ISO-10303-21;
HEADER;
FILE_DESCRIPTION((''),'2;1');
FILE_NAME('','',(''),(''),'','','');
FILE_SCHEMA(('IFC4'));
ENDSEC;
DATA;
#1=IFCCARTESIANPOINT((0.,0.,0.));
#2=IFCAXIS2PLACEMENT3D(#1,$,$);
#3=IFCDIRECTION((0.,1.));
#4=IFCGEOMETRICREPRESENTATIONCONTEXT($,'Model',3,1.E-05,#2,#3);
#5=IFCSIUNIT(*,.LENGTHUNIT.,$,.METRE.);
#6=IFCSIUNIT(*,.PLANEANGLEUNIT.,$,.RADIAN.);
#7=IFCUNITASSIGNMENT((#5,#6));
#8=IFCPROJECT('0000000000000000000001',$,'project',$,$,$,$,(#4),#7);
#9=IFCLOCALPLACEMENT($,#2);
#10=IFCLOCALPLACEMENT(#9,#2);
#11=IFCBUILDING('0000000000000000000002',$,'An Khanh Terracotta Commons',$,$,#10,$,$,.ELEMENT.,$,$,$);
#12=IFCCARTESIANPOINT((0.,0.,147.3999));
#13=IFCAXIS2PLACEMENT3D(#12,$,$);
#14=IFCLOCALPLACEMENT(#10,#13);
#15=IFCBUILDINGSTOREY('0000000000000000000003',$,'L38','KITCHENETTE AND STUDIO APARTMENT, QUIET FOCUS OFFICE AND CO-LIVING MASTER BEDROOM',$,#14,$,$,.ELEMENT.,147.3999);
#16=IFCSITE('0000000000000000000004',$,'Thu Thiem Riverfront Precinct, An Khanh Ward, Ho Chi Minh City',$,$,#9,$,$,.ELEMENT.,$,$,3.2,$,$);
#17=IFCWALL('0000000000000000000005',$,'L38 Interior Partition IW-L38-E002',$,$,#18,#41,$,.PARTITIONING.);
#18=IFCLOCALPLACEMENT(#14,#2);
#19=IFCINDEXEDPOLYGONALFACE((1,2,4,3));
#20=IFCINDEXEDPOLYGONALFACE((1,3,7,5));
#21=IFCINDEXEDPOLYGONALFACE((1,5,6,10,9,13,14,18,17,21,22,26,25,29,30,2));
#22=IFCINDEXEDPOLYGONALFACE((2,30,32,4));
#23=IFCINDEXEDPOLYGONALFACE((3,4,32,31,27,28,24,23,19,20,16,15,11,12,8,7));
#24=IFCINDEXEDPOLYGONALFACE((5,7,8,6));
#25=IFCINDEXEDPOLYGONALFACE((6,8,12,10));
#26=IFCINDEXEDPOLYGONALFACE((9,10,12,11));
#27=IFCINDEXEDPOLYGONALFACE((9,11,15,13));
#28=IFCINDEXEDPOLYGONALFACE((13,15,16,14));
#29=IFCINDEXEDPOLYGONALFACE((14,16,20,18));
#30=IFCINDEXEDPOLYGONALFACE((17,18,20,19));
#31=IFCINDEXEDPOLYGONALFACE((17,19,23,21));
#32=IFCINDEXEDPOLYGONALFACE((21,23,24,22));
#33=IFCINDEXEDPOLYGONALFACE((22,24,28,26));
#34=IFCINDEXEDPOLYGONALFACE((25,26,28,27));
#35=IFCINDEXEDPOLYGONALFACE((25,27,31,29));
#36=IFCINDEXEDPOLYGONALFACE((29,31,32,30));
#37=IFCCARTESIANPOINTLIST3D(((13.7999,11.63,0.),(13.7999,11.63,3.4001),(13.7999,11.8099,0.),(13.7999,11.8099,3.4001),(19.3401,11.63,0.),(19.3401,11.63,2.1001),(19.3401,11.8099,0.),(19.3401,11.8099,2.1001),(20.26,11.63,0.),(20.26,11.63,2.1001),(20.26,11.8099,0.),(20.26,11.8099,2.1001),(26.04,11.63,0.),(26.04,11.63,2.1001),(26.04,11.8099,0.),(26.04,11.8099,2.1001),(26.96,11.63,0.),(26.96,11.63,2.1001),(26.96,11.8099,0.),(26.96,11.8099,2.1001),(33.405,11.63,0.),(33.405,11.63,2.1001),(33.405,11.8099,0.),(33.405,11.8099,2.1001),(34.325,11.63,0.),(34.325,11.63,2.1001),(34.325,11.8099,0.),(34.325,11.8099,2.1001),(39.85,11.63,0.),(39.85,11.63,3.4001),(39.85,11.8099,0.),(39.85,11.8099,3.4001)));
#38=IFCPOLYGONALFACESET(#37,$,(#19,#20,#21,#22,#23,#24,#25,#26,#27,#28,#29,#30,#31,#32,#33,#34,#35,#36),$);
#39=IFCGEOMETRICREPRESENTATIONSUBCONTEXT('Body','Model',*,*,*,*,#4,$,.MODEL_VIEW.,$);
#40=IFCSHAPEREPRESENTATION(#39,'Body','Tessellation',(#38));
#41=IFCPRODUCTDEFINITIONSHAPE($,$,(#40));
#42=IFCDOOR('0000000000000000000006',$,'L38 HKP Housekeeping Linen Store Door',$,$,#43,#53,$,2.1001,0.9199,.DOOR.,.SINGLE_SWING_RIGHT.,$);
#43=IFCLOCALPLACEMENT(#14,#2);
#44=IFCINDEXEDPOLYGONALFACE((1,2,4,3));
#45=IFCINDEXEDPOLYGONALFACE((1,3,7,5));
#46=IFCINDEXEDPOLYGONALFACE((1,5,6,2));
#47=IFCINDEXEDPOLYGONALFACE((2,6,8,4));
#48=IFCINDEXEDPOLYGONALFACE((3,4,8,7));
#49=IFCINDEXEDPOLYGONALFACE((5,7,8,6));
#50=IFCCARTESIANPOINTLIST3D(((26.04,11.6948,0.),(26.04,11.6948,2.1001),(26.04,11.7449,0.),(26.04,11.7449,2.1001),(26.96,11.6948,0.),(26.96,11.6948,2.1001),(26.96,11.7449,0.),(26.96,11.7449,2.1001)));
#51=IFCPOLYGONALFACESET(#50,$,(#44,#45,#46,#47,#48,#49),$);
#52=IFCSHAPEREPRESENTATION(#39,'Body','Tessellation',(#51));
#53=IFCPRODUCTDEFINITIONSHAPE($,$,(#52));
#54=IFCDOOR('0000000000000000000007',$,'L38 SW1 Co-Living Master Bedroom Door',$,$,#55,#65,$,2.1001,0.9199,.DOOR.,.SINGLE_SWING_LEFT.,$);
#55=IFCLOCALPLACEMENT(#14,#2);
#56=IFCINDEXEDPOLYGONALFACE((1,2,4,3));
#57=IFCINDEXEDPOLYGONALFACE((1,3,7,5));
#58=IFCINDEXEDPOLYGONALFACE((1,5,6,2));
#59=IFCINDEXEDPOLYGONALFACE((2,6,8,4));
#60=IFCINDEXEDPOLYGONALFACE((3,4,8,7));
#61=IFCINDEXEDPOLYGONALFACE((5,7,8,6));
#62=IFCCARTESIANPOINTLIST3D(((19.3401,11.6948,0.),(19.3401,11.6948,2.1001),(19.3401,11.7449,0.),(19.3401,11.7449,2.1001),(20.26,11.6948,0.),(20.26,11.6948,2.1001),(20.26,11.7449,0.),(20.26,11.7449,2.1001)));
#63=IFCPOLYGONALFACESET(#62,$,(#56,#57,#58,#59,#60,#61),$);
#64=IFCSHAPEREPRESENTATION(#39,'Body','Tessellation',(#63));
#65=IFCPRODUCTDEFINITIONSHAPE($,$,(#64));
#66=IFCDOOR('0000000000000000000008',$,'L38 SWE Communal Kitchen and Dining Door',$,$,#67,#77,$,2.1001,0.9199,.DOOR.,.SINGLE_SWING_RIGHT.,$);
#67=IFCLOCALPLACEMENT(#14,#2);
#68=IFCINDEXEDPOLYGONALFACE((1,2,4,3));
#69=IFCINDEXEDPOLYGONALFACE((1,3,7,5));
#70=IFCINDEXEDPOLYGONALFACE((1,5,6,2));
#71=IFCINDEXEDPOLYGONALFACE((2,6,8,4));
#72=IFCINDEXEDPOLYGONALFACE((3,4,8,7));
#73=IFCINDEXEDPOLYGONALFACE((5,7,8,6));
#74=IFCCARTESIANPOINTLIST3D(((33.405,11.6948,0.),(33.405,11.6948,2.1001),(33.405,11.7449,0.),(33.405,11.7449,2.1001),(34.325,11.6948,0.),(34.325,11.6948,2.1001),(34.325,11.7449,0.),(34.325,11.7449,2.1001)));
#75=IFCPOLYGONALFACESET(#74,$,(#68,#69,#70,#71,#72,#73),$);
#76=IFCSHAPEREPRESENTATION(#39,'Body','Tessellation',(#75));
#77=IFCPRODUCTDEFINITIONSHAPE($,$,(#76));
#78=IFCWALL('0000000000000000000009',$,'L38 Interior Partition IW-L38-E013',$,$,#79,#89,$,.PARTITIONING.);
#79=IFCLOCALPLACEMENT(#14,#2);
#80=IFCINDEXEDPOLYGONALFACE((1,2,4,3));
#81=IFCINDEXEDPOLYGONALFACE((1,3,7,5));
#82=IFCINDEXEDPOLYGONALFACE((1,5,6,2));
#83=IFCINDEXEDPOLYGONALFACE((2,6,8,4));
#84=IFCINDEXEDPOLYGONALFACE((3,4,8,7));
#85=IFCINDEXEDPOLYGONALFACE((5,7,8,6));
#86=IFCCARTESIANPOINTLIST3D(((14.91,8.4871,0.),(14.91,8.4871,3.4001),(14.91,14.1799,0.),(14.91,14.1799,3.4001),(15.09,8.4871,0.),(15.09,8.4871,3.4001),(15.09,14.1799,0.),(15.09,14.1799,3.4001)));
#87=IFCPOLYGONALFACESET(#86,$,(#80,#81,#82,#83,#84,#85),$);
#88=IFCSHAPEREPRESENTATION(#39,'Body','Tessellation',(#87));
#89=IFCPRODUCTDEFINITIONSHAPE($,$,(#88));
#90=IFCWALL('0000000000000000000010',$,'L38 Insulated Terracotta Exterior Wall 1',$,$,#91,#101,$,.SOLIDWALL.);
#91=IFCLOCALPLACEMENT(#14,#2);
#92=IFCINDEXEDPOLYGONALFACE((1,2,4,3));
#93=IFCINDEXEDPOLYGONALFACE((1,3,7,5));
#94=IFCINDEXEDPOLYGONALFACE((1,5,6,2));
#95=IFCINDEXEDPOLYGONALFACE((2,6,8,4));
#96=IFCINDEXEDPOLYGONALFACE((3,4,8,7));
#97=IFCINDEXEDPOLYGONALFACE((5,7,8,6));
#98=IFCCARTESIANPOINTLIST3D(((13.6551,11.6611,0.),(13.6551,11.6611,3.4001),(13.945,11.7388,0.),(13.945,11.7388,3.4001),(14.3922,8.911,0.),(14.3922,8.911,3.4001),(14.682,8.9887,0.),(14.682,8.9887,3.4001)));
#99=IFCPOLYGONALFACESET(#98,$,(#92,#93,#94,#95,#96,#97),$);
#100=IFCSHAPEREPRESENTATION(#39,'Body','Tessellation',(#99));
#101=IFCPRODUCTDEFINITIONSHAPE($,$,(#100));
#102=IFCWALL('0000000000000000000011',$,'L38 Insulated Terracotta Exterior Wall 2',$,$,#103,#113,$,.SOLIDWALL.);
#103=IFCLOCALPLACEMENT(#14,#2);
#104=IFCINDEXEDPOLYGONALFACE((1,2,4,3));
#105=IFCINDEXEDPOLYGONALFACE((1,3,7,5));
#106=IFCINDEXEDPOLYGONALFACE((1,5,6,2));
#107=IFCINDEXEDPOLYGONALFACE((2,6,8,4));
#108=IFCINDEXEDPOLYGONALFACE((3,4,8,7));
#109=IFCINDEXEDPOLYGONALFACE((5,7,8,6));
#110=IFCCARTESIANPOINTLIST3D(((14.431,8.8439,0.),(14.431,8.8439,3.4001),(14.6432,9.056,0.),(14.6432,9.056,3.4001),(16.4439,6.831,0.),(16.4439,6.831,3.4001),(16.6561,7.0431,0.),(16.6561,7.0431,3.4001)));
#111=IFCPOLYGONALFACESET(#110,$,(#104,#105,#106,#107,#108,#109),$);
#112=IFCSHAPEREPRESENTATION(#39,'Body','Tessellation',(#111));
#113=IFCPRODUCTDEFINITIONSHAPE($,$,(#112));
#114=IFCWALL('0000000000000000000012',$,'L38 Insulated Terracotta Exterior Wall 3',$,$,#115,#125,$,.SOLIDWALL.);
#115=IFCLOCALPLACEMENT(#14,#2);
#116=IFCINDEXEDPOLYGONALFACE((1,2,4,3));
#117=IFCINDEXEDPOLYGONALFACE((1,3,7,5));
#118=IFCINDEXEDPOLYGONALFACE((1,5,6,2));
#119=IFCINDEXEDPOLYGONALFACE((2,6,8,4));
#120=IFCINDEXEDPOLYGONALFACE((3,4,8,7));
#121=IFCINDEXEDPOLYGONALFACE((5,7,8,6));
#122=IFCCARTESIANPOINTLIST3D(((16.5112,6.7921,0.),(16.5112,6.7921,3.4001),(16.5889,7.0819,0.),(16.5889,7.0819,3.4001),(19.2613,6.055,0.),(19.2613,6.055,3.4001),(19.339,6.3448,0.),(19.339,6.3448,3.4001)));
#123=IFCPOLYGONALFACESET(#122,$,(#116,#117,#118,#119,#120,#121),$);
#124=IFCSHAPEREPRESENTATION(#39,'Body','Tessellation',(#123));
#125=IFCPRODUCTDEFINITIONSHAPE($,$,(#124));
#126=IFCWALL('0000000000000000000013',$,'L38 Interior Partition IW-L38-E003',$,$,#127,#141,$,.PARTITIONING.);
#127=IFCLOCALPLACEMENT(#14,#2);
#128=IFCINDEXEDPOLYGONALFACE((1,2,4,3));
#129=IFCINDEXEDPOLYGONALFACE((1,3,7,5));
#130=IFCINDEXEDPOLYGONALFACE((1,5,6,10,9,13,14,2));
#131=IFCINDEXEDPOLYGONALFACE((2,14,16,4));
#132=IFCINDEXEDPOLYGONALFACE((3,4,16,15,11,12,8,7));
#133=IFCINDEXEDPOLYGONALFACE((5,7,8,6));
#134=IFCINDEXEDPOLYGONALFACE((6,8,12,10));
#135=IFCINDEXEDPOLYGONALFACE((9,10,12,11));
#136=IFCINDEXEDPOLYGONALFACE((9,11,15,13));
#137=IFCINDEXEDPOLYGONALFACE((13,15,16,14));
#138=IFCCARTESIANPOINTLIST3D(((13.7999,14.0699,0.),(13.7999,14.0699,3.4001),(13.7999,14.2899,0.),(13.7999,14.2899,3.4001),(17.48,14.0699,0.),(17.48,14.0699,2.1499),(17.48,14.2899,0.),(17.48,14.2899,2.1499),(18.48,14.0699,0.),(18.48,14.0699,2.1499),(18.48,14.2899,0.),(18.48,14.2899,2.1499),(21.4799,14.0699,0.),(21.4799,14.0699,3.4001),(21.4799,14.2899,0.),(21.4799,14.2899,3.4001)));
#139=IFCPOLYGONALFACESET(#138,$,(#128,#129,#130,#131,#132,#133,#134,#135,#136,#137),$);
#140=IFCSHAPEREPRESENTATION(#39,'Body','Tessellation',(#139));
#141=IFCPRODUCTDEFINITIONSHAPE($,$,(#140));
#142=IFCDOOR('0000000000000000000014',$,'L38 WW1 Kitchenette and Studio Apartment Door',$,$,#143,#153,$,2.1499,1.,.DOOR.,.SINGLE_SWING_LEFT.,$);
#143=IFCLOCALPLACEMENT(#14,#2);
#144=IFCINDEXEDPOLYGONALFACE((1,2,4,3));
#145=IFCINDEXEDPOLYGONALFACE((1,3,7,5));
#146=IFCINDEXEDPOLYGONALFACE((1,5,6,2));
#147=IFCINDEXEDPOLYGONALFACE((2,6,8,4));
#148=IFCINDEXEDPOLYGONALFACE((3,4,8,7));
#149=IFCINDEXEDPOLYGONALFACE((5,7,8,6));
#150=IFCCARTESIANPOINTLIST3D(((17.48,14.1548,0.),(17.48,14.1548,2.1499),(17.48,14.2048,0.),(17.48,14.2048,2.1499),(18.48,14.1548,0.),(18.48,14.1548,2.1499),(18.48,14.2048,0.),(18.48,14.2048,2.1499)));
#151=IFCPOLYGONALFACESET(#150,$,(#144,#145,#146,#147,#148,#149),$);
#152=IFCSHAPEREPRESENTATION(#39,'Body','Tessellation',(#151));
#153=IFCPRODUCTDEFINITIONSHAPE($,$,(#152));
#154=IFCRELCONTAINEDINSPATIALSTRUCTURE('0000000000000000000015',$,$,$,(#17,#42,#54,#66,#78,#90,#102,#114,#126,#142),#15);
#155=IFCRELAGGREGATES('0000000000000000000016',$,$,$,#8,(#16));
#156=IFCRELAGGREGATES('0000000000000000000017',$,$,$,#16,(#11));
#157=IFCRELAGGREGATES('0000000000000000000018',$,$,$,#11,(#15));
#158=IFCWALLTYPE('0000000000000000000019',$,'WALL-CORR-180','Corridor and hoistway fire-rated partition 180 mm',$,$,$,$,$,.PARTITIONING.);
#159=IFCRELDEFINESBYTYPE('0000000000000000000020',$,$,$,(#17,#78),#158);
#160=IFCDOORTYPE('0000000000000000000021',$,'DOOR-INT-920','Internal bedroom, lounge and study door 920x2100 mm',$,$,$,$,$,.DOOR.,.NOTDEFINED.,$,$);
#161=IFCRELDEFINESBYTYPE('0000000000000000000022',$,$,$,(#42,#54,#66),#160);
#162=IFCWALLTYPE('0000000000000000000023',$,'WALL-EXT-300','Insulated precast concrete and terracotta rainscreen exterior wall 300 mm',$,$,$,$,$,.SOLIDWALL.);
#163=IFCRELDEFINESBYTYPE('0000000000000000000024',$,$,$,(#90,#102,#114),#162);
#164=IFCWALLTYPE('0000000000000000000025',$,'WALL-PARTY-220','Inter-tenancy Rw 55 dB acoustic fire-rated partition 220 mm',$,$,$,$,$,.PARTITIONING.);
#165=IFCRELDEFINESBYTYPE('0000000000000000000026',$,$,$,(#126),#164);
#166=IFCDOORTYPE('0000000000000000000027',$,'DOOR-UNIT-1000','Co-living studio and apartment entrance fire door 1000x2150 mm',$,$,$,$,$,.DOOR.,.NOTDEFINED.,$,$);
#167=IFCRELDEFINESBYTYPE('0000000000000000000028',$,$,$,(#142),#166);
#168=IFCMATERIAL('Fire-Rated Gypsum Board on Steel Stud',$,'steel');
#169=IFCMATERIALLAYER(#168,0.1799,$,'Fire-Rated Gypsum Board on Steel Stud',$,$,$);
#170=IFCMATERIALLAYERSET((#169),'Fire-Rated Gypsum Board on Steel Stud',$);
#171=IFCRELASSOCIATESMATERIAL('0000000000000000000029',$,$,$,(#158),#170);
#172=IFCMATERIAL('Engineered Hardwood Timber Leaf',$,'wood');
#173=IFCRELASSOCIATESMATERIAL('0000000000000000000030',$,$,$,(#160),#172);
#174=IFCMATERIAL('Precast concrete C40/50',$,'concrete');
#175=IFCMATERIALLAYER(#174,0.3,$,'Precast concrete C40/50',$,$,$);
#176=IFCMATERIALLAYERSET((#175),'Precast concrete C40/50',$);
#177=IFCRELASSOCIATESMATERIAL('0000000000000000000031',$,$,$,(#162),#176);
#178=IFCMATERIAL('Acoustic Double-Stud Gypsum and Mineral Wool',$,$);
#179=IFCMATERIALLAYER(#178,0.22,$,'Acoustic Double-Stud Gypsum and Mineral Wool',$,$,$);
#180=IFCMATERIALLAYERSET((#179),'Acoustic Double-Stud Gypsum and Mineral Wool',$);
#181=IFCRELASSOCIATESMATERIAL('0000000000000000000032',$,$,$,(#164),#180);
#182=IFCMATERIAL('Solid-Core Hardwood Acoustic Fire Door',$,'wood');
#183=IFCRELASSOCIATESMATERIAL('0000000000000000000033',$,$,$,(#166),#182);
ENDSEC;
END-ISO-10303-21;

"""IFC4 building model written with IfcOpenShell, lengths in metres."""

from ifc_helpers import new_model, si_unit, direction, frame, frame_2d, origin, place, context, subcontext, project, spatial, rectangle, extrude, material, layer, layer_set, type_object, element, fill, save


model = new_model("IFC4")

# Units and contexts
model_context = context("Model", 3, precision=1e-05, world=origin(), true_north=direction((0.0, 1.0)))
body_context = subcontext(model_context, "Body", "Model", "MODEL_VIEW")
ifc_project = project(units=[si_unit("LENGTHUNIT", "METRE"), si_unit("PLANEANGLEUNIT", "RADIAN")], contexts=[model_context])

# Site, building, storey
site_placement = place(None, origin())
site = spatial("IfcSite", under=ifc_project, at=site_placement, Name="Thu Thiem Riverfront Precinct, An Khanh Ward, Ho Chi Minh City", CompositionType="ELEMENT", RefElevation=3.2)
building_placement = place(site_placement, origin())
building = spatial("IfcBuilding", under=site, at=building_placement, Name="An Khanh Terracotta Commons", CompositionType="ELEMENT")
storey_placement = place(building_placement, frame((0.0, 0.0, 147.3999)))
storey = spatial("IfcBuildingStorey", under=building, at=storey_placement, Name="L38", Description="KITCHENETTE AND STUDIO APARTMENT, QUIET FOCUS OFFICE AND CO-LIVING MASTER BEDROOM", CompositionType="ELEMENT", Elevation=147.3999)

# Shared definitions
ifc_material_1 = material(Name="Precast concrete C40/50", Category="concrete")

# Wall, openings, doors
ifc_material_2 = material(Name="Fire-Rated Gypsum Board on Steel Stud", Category="steel")
ifc_layer_1 = layer(ifc_material_2, 0.1799, Name="Fire-Rated Gypsum Board on Steel Stud")
ifc_layer_set_1 = layer_set([ifc_layer_1], Name="Fire-Rated Gypsum Board on Steel Stud")
wall_type_1 = type_object("IfcWallType", Name="WALL-CORR-180", Description="Corridor and hoistway fire-rated partition 180 mm", PredefinedType="PARTITIONING", material=ifc_layer_set_1)
wall_1_placement = place(storey_placement, frame((13.8, 11.72, 0.0), z_axis=(0.0, 0.0, 1.0), x_axis=(1.0, 0.0, 0.0)))
wall_1 = element("IfcWall", 1, at=wall_1_placement, inside=storey, type_object=wall_type_1, Name="L38 Interior Partition IW-L38-E002", PredefinedType="PARTITIONING", context=body_context, shape_type="SweptSolid", body=[
    extrude(rectangle(XDim=26.05, YDim=0.1799, at=frame_2d((13.0249, 0.0))), origin(), (0.0, 0.0, 1.0), 3.4001),
])
opening_1_placement = place(wall_1_placement, frame((12.24, 0.0, 0.0)))
opening_1 = element("IfcOpeningElement", 2, at=opening_1_placement, cuts=wall_1, PredefinedType="OPENING", context=body_context, shape_type="SweptSolid", body=[
    extrude(rectangle(XDim=0.9199, YDim=2.1001, at=frame_2d((0.46, 1.05))), frame((0.0, 0.0999, 0.0), z_axis=(0.0, -1.0, 0.0), x_axis=(1.0, 0.0, 0.0)), (0.0, 0.0, 1.0), 0.2),
])
opening_2_placement = place(wall_1_placement, frame((5.54, 0.0, 0.0)))
opening_2 = element("IfcOpeningElement", 3, at=opening_2_placement, cuts=wall_1, PredefinedType="OPENING", context=body_context, shape_type="SweptSolid", body=[
    extrude(rectangle(XDim=0.9199, YDim=2.1001, at=frame_2d((0.46, 1.05))), frame((0.0, 0.0999, 0.0), z_axis=(0.0, -1.0, 0.0), x_axis=(1.0, 0.0, 0.0)), (0.0, 0.0, 1.0), 0.2),
])
opening_3_placement = place(wall_1_placement, frame((19.605, 0.0, 0.0)))
opening_3 = element("IfcOpeningElement", 4, at=opening_3_placement, cuts=wall_1, PredefinedType="OPENING", context=body_context, shape_type="SweptSolid", body=[
    extrude(rectangle(XDim=0.9199, YDim=2.1001, at=frame_2d((0.46, 1.05))), frame((0.0, 0.0999, 0.0), z_axis=(0.0, -1.0, 0.0), x_axis=(1.0, 0.0, 0.0)), (0.0, 0.0, 1.0), 0.2),
])
ifc_material_3 = material(Name="Engineered Hardwood Timber Leaf", Category="wood")
door_type_1 = type_object("IfcDoorType", Name="DOOR-INT-920", Description="Internal bedroom, lounge and study door 920x2100 mm", OperationType="NOTDEFINED", PredefinedType="DOOR", material=ifc_material_3)
door_1_placement = place(opening_1_placement, origin())
door_1 = element("IfcDoor", 5, at=door_1_placement, inside=storey, type_object=door_type_1, Name="L38 HKP Housekeeping Linen Store Door", OperationType="SINGLE_SWING_RIGHT", OverallHeight=2.1001, OverallWidth=0.9199, PredefinedType="DOOR", context=body_context, shape_type="SweptSolid", body=[
    extrude(rectangle(XDim=0.9199, YDim=2.1001, at=frame_2d((0.46, 1.05))), frame((0.0, 0.0249, 0.0), z_axis=(0.0, -1.0, 0.0), x_axis=(1.0, 0.0, 0.0)), (0.0, 0.0, 1.0), 0.05),
])
fill(opening_1, door_1)
door_2_placement = place(opening_2_placement, origin())
door_2 = element("IfcDoor", 6, at=door_2_placement, inside=storey, type_object=door_type_1, Name="L38 SW1 Co-Living Master Bedroom Door", OperationType="SINGLE_SWING_LEFT", OverallHeight=2.1001, OverallWidth=0.9199, PredefinedType="DOOR", context=body_context, shape_type="SweptSolid", body=[
    extrude(rectangle(XDim=0.9199, YDim=2.1001, at=frame_2d((0.46, 1.05))), frame((0.0, 0.0249, 0.0), z_axis=(0.0, -1.0, 0.0), x_axis=(1.0, 0.0, 0.0)), (0.0, 0.0, 1.0), 0.05),
])
fill(opening_2, door_2)
door_3_placement = place(opening_3_placement, origin())
door_3 = element("IfcDoor", 7, at=door_3_placement, inside=storey, type_object=door_type_1, Name="L38 SWE Communal Kitchen and Dining Door", OperationType="SINGLE_SWING_RIGHT", OverallHeight=2.1001, OverallWidth=0.9199, PredefinedType="DOOR", context=body_context, shape_type="SweptSolid", body=[
    extrude(rectangle(XDim=0.9199, YDim=2.1001, at=frame_2d((0.46, 1.05))), frame((0.0, 0.0249, 0.0), z_axis=(0.0, -1.0, 0.0), x_axis=(1.0, 0.0, 0.0)), (0.0, 0.0, 1.0), 0.05),
])
fill(opening_3, door_3)

# Walls
wall_2_placement = place(storey_placement, frame((15.0, 8.4871, 0.0), z_axis=(0.0, 0.0, 1.0), x_axis=(0.0, 1.0, 0.0)))
element("IfcWall", 8, at=wall_2_placement, inside=storey, type_object=wall_type_1, Name="L38 Interior Partition IW-L38-E013", PredefinedType="PARTITIONING", context=body_context, shape_type="SweptSolid", body=[
    extrude(rectangle(XDim=5.6929, YDim=0.1799, at=frame_2d((2.8464, 0.0))), origin(), (0.0, 0.0, 1.0), 3.4001),
])
ifc_layer_2 = layer(ifc_material_1, 0.3, Name="Precast concrete C40/50")
ifc_layer_set_2 = layer_set([ifc_layer_2], Name="Precast concrete C40/50")
wall_type_2 = type_object("IfcWallType", Name="WALL-EXT-300", Description="Insulated precast concrete and terracotta rainscreen exterior wall 300 mm", PredefinedType="SOLIDWALL", material=ifc_layer_set_2)
wall_3_placement = place(storey_placement, frame((13.8, 11.7, 0.0), z_axis=(0.0, 0.0, 1.0), x_axis=(0.258885, -0.965908, 0.0)))
element("IfcWall", 9, at=wall_3_placement, inside=storey, type_object=wall_type_2, Name="L38 Insulated Terracotta Exterior Wall 1", PredefinedType="SOLIDWALL", context=body_context, shape_type="SweptSolid", body=[
    extrude(rectangle(XDim=2.8472, YDim=0.3, at=frame_2d((1.4236, 0.0))), origin(), (0.0, 0.0, 1.0), 3.4001),
])
wall_4_placement = place(storey_placement, frame((14.5371, 8.95, 0.0), z_axis=(0.0, 0.0, 1.0), x_axis=(0.707107, -0.707107, 0.0)))
element("IfcWall", 10, at=wall_4_placement, inside=storey, type_object=wall_type_2, Name="L38 Insulated Terracotta Exterior Wall 2", PredefinedType="SOLIDWALL", context=body_context, shape_type="SweptSolid", body=[
    extrude(rectangle(XDim=2.8467, YDim=0.3, at=frame_2d((1.4233, 0.0))), origin(), (0.0, 0.0, 1.0), 3.4001),
])
wall_5_placement = place(storey_placement, frame((16.55, 6.937, 0.0), z_axis=(0.0, 0.0, 1.0), x_axis=(0.965908, -0.258885, 0.0)))
element("IfcWall", 11, at=wall_5_placement, inside=storey, type_object=wall_type_2, Name="L38 Insulated Terracotta Exterior Wall 3", PredefinedType="SOLIDWALL", context=body_context, shape_type="SweptSolid", body=[
    extrude(rectangle(XDim=2.8472, YDim=0.3, at=frame_2d((1.4236, 0.0))), origin(), (0.0, 0.0, 1.0), 3.4001),
])

# Wall, opening, door
ifc_material_4 = material(Name="Acoustic Double-Stud Gypsum and Mineral Wool")
ifc_layer_3 = layer(ifc_material_4, 0.22, Name="Acoustic Double-Stud Gypsum and Mineral Wool")
ifc_layer_set_3 = layer_set([ifc_layer_3], Name="Acoustic Double-Stud Gypsum and Mineral Wool")
wall_type_3 = type_object("IfcWallType", Name="WALL-PARTY-220", Description="Inter-tenancy Rw 55 dB acoustic fire-rated partition 220 mm", PredefinedType="PARTITIONING", material=ifc_layer_set_3)
wall_6_placement = place(storey_placement, frame((13.8, 14.1799, 0.0), z_axis=(0.0, 0.0, 1.0), x_axis=(1.0, 0.0, 0.0)))
wall_6 = element("IfcWall", 12, at=wall_6_placement, inside=storey, type_object=wall_type_3, Name="L38 Interior Partition IW-L38-E003", PredefinedType="PARTITIONING", context=body_context, shape_type="SweptSolid", body=[
    extrude(rectangle(XDim=7.6799, YDim=0.22, at=frame_2d((3.8398, 0.0))), origin(), (0.0, 0.0, 1.0), 3.4001),
])
opening_4_placement = place(wall_6_placement, frame((3.6799, 0.0, 0.0)))
opening_4 = element("IfcOpeningElement", 13, at=opening_4_placement, cuts=wall_6, PredefinedType="OPENING", context=body_context, shape_type="SweptSolid", body=[
    extrude(rectangle(XDim=1.0, YDim=2.1499, at=frame_2d((0.5, 1.075))), frame((0.0, 0.1199, 0.0), z_axis=(0.0, -1.0, 0.0), x_axis=(1.0, 0.0, 0.0)), (0.0, 0.0, 1.0), 0.24),
])
ifc_material_5 = material(Name="Solid-Core Hardwood Acoustic Fire Door", Category="wood")
door_type_2 = type_object("IfcDoorType", Name="DOOR-UNIT-1000", Description="Co-living studio and apartment entrance fire door 1000x2150 mm", OperationType="NOTDEFINED", PredefinedType="DOOR", material=ifc_material_5)
door_4_placement = place(opening_4_placement, origin())
door_4 = element("IfcDoor", 14, at=door_4_placement, inside=storey, type_object=door_type_2, Name="L38 WW1 Kitchenette and Studio Apartment Door", OperationType="SINGLE_SWING_LEFT", OverallHeight=2.1499, OverallWidth=1.0, PredefinedType="DOOR", context=body_context, shape_type="SweptSolid", body=[
    extrude(rectangle(XDim=1.0, YDim=2.1499, at=frame_2d((0.5, 1.075))), frame((0.0, 0.0249, 0.0), z_axis=(0.0, -1.0, 0.0), x_axis=(1.0, 0.0, 0.0)), (0.0, 0.0, 1.0), 0.05),
])
fill(opening_4, door_4)

save(model, "model.ifc")
